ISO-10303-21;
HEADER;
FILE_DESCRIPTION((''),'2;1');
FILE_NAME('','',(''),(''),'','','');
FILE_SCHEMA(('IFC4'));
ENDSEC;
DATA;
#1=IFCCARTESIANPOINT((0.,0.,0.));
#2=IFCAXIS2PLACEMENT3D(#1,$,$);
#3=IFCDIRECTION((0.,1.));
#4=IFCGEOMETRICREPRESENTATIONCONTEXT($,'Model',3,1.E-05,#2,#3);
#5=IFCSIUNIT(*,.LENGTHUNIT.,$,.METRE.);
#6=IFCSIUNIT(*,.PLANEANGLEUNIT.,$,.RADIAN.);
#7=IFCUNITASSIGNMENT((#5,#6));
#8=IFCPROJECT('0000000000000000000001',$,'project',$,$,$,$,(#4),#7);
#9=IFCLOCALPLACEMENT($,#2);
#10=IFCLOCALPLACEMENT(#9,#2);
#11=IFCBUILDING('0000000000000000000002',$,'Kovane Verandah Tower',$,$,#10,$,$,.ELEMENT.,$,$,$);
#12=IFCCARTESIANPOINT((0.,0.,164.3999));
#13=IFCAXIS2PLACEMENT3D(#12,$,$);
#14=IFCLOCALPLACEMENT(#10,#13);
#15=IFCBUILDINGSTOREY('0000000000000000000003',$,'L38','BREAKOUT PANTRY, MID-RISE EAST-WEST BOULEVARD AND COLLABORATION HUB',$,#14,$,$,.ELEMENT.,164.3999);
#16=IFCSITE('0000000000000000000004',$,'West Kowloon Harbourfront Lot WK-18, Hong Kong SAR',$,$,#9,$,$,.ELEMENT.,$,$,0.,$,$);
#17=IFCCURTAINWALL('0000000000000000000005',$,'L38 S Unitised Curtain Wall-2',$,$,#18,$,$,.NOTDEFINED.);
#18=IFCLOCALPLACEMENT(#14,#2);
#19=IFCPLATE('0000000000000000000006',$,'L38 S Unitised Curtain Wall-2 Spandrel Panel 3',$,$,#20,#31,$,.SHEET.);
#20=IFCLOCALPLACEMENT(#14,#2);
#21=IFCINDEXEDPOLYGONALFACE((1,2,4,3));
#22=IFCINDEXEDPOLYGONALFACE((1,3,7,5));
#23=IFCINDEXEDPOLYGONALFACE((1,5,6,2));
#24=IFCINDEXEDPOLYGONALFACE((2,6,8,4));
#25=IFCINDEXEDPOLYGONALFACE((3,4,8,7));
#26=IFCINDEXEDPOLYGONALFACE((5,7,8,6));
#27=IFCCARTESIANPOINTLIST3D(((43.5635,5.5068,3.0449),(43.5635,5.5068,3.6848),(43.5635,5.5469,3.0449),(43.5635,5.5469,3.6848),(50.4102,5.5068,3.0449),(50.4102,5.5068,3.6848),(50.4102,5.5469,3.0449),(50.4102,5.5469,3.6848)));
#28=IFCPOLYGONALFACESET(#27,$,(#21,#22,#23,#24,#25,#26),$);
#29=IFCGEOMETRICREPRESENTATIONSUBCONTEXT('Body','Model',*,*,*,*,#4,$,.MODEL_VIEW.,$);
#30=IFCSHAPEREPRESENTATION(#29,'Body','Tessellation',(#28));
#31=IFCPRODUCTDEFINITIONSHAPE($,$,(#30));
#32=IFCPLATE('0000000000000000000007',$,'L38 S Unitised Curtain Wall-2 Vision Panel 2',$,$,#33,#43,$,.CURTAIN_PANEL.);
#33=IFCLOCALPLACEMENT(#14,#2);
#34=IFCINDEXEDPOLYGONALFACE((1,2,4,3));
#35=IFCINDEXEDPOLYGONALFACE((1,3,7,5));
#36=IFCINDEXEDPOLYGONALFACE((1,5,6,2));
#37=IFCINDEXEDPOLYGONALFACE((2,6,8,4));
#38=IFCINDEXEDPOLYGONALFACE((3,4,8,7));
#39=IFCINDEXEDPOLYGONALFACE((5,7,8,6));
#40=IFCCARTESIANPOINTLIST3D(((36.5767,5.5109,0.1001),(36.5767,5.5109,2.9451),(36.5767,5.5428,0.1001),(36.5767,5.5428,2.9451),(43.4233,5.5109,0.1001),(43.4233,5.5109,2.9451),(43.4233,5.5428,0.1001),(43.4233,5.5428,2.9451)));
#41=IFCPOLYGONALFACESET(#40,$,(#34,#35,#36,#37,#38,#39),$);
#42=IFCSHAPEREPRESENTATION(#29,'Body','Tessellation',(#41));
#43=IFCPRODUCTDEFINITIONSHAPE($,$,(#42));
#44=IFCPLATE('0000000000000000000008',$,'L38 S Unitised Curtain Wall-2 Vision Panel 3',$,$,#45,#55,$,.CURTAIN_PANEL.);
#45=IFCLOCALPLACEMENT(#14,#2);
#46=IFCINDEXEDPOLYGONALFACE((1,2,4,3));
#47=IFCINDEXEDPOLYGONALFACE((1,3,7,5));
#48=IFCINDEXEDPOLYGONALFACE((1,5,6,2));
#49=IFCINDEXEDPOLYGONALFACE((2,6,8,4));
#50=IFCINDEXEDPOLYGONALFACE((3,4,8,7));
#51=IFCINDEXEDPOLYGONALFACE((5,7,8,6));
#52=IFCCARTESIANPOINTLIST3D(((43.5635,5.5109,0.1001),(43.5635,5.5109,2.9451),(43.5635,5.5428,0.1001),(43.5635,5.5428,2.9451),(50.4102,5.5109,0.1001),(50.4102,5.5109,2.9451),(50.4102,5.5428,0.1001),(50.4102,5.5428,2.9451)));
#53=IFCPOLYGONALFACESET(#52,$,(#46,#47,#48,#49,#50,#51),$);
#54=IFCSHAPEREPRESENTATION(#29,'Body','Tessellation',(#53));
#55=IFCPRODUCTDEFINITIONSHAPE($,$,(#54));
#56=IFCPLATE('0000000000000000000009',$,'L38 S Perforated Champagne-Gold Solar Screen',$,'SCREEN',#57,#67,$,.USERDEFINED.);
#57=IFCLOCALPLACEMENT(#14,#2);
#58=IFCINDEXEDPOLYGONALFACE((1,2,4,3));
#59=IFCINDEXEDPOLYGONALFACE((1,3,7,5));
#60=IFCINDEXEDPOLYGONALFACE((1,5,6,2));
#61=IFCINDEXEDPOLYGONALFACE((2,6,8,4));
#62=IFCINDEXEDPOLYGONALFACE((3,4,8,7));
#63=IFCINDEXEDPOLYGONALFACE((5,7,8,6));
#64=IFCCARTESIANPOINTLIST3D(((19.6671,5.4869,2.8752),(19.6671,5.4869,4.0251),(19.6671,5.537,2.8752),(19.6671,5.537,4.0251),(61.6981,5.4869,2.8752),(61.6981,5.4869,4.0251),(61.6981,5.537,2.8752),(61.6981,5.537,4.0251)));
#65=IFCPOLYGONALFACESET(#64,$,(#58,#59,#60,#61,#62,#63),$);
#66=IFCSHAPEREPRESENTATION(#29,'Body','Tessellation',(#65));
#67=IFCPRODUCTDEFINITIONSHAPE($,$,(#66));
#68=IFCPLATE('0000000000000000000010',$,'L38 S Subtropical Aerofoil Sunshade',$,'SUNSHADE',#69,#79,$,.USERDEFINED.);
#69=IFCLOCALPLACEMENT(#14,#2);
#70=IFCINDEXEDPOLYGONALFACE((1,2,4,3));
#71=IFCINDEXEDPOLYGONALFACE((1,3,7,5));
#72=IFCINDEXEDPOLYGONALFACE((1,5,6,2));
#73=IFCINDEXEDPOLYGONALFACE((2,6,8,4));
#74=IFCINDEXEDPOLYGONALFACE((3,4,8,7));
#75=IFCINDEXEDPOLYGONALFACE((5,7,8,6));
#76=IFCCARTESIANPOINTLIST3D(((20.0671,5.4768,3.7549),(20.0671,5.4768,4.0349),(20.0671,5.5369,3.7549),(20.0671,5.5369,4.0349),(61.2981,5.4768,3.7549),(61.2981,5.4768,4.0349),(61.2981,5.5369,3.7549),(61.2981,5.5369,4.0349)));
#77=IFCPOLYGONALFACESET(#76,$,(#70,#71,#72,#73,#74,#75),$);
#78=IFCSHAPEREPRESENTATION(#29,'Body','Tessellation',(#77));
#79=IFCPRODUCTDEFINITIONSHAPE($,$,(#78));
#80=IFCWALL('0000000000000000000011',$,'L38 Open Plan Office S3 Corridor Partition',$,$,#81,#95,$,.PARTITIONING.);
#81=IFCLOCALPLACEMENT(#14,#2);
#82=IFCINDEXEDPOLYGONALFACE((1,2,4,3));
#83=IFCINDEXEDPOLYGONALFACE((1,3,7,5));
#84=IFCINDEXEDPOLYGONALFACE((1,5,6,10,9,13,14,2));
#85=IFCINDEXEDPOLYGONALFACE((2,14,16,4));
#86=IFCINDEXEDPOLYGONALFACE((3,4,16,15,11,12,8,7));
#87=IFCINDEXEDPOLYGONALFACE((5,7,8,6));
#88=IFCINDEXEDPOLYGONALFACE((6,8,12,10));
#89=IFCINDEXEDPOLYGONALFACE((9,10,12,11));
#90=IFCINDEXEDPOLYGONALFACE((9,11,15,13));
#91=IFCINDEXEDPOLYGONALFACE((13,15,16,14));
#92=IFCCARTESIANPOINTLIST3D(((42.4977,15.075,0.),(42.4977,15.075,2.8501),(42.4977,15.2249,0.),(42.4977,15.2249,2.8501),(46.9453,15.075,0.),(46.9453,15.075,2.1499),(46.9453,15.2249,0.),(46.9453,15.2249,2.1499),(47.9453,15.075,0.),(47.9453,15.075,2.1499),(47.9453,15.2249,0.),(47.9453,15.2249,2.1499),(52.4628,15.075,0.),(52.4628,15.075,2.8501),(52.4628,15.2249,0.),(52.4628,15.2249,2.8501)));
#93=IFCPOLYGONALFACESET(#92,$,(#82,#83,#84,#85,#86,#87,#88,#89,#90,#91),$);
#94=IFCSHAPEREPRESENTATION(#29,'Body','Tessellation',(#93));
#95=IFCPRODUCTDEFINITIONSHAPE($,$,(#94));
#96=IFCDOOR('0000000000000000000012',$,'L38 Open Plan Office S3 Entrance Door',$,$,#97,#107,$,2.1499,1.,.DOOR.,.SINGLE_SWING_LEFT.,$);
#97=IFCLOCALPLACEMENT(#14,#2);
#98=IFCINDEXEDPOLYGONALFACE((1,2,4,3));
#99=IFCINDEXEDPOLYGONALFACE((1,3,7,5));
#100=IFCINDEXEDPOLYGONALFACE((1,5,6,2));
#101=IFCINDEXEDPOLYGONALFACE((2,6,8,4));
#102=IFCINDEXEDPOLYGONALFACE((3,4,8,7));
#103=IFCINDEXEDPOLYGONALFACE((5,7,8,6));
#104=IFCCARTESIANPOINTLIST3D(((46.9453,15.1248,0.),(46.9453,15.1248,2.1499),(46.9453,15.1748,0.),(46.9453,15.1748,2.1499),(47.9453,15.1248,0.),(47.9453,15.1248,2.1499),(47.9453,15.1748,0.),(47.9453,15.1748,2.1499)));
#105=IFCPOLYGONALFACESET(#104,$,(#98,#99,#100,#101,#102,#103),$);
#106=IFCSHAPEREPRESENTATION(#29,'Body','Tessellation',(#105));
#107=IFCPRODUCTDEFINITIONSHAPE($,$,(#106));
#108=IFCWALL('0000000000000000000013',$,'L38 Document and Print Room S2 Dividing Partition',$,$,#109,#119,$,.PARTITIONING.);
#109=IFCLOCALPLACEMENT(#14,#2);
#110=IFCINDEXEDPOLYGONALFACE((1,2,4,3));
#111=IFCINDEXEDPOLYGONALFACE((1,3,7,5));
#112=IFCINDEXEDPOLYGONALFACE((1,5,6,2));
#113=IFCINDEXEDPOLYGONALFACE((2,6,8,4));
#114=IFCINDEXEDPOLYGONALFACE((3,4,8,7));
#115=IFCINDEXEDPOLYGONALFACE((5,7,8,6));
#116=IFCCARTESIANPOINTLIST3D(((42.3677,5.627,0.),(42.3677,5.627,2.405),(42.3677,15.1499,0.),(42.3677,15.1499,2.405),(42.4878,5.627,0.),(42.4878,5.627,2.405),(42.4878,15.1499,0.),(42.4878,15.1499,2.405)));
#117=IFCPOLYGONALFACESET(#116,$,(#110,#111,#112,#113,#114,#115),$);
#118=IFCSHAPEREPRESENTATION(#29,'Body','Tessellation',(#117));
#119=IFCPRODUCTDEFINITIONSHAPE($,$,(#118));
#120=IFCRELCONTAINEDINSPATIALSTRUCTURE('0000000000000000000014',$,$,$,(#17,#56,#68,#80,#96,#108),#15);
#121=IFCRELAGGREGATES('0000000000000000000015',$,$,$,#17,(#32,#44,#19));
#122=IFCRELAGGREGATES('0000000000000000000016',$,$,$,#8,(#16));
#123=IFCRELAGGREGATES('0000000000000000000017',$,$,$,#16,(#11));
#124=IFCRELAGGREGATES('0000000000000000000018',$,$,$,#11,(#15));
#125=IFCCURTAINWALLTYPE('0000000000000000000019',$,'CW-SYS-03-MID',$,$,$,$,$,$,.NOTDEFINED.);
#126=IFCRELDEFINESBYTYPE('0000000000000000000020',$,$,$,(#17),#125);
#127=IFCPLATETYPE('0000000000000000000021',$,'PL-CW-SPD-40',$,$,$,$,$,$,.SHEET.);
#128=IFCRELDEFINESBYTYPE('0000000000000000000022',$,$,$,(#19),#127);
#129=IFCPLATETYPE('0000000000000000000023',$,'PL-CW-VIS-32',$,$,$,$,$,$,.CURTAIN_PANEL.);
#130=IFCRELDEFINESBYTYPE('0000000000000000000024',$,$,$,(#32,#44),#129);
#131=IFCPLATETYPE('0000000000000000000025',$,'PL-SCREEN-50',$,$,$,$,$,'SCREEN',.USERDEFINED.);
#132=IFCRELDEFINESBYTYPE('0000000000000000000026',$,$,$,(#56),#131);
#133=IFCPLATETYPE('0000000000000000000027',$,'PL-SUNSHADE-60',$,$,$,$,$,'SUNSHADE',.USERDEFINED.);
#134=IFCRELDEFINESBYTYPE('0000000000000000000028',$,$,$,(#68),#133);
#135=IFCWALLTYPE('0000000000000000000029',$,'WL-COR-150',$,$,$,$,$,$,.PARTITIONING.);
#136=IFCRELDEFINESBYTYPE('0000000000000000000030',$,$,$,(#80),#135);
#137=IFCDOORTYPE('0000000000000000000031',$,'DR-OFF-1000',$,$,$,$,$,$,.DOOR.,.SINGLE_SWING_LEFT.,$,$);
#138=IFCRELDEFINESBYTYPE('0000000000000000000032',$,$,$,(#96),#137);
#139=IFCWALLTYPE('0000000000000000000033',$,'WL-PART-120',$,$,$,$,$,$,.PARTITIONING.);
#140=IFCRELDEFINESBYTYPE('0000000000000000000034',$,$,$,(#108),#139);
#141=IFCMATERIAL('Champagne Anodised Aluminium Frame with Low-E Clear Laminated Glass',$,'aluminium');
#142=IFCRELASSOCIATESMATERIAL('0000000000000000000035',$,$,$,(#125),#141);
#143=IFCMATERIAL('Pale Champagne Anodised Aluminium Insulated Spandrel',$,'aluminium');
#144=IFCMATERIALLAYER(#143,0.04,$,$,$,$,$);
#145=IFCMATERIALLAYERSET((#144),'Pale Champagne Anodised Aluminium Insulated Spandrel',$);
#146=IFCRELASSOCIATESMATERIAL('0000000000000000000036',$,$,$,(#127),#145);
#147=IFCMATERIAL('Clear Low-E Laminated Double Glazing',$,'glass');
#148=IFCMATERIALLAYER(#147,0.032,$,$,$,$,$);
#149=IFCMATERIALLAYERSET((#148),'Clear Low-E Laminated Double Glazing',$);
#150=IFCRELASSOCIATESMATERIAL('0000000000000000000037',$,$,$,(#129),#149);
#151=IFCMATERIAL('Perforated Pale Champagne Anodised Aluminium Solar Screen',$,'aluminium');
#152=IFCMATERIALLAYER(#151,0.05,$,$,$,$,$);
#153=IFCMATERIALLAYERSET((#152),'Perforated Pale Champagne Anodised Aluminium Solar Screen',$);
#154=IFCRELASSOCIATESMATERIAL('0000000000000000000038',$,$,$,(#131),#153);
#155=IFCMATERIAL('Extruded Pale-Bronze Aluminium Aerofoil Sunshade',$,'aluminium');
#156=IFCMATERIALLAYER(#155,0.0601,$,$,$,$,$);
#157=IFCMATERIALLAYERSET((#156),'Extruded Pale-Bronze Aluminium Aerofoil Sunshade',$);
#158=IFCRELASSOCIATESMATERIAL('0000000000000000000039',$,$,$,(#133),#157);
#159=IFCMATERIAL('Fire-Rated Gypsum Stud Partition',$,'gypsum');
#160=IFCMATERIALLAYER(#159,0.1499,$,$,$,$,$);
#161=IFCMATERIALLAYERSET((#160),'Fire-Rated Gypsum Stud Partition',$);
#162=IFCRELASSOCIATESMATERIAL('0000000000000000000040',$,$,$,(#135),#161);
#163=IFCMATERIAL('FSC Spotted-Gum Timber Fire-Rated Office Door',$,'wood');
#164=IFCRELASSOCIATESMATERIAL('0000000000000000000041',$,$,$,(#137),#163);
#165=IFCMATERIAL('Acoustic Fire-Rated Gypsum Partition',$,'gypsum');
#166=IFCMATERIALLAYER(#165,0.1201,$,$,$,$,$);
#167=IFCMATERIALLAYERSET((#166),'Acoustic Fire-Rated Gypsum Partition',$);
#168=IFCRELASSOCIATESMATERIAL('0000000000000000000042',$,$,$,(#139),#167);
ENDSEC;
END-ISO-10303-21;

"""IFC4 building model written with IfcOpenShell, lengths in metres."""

from ifc_helpers import new_model, si_unit, direction, frame, frame_2d, origin, origin_2d, place, context, subcontext, project, spatial, rectangle, extrude, material, layer, layer_set, type_object, element, fill, aggregate, save


model = new_model("IFC4")

# Units and contexts
model_context = context("Model", 3, precision=1e-05, world=origin(), true_north=direction((0.0, 1.0)))
body_context = subcontext(model_context, "Body", "Model", "MODEL_VIEW")
ifc_project = project(units=[si_unit("LENGTHUNIT", "METRE"), si_unit("PLANEANGLEUNIT", "RADIAN")], contexts=[model_context])

# Site, building, storey
site_placement = place(None, origin())
site = spatial("IfcSite", under=ifc_project, at=site_placement, Name="West Kowloon Harbourfront Lot WK-18, Hong Kong SAR", CompositionType="ELEMENT", RefElevation=0.0)
building_placement = place(site_placement, origin())
building = spatial("IfcBuilding", under=site, at=building_placement, Name="Kovane Verandah Tower", CompositionType="ELEMENT")
storey_placement = place(building_placement, frame((0.0, 0.0, 164.3999)))
storey = spatial("IfcBuildingStorey", under=building, at=storey_placement, Name="L38", Description="BREAKOUT PANTRY, MID-RISE EAST-WEST BOULEVARD AND COLLABORATION HUB", CompositionType="ELEMENT", Elevation=164.3999)

# Curtain wall
ifc_material_1 = material(Name="Champagne Anodised Aluminium Frame with Low-E Clear Laminated Glass", Category="aluminium")
curtain_wall_type = type_object("IfcCurtainWallType", Name="CW-SYS-03-MID", PredefinedType="NOTDEFINED", material=ifc_material_1)
curtain_wall_1_placement = place(storey_placement, origin())
curtain_wall_1 = element("IfcCurtainWall", 1, at=curtain_wall_1_placement, inside=storey, type_object=curtain_wall_type, Name="L38 S Unitised Curtain Wall-2", PredefinedType="NOTDEFINED")

# Plates
ifc_material_2 = material(Name="Pale Champagne Anodised Aluminium Insulated Spandrel", Category="aluminium")
ifc_layer_1 = layer(ifc_material_2, 0.04)
ifc_layer_set_1 = layer_set([ifc_layer_1], Name="Pale Champagne Anodised Aluminium Insulated Spandrel")
plate_type_1 = type_object("IfcPlateType", Name="PL-CW-SPD-40", PredefinedType="SHEET", material=ifc_layer_set_1)
plate_1_placement = place(storey_placement, frame((46.9868, 5.5269, 3.0449), z_axis=(0.0, 0.0, 1.0), x_axis=(1.0, 0.0, 0.0)))
plate_1 = element("IfcPlate", 2, at=plate_1_placement, type_object=plate_type_1, Name="L38 S Unitised Curtain Wall-2 Spandrel Panel 3", PredefinedType="SHEET", context=body_context, shape_type="SweptSolid", body=[
    extrude(rectangle(XDim=6.8467, YDim=0.04, at=origin_2d()), origin(), (0.0, 0.0, 1.0), 0.6399),
])
ifc_material_3 = material(Name="Clear Low-E Laminated Double Glazing", Category="glass")
ifc_layer_2 = layer(ifc_material_3, 0.032)
ifc_layer_set_2 = layer_set([ifc_layer_2], Name="Clear Low-E Laminated Double Glazing")
plate_type_2 = type_object("IfcPlateType", Name="PL-CW-VIS-32", PredefinedType="CURTAIN_PANEL", material=ifc_layer_set_2)
plate_2_placement = place(storey_placement, frame((40.0, 5.5269, 0.1001), z_axis=(0.0, 0.0, 1.0), x_axis=(1.0, 0.0, 0.0)))
plate_2 = element("IfcPlate", 3, at=plate_2_placement, type_object=plate_type_2, Name="L38 S Unitised Curtain Wall-2 Vision Panel 2", PredefinedType="CURTAIN_PANEL", context=body_context, shape_type="SweptSolid", body=[
    extrude(rectangle(XDim=6.8467, YDim=0.032, at=origin_2d()), origin(), (0.0, 0.0, 1.0), 2.845),
])
plate_3_placement = place(storey_placement, frame((46.9868, 5.5269, 0.1001), z_axis=(0.0, 0.0, 1.0), x_axis=(1.0, 0.0, 0.0)))
plate_3 = element("IfcPlate", 4, at=plate_3_placement, type_object=plate_type_2, Name="L38 S Unitised Curtain Wall-2 Vision Panel 3", PredefinedType="CURTAIN_PANEL", context=body_context, shape_type="SweptSolid", body=[
    extrude(rectangle(XDim=6.8467, YDim=0.032, at=origin_2d()), origin(), (0.0, 0.0, 1.0), 2.845),
])
aggregate(curtain_wall_1, [plate_2, plate_3, plate_1])

# Plates
ifc_material_4 = material(Name="Perforated Pale Champagne Anodised Aluminium Solar Screen", Category="aluminium")
ifc_layer_3 = layer(ifc_material_4, 0.05)
ifc_layer_set_3 = layer_set([ifc_layer_3], Name="Perforated Pale Champagne Anodised Aluminium Solar Screen")
plate_type_3 = type_object("IfcPlateType", Name="PL-SCREEN-50", ElementType="SCREEN", PredefinedType="USERDEFINED", material=ifc_layer_set_3)
plate_4_placement = place(storey_placement, frame((40.6826, 5.512, 2.8752), z_axis=(0.0, 0.0, 1.0), x_axis=(1.0, 0.0, 0.0)))
element("IfcPlate", 5, at=plate_4_placement, inside=storey, type_object=plate_type_3, Name="L38 S Perforated Champagne-Gold Solar Screen", ObjectType="SCREEN", PredefinedType="USERDEFINED", context=body_context, shape_type="SweptSolid", body=[
    extrude(rectangle(XDim=42.031, YDim=0.05, at=origin_2d()), origin(), (0.0, 0.0, 1.0), 1.1499),
])
ifc_material_5 = material(Name="Extruded Pale-Bronze Aluminium Aerofoil Sunshade", Category="aluminium")
ifc_layer_4 = layer(ifc_material_5, 0.0601)
ifc_layer_set_4 = layer_set([ifc_layer_4], Name="Extruded Pale-Bronze Aluminium Aerofoil Sunshade")
plate_type_4 = type_object("IfcPlateType", Name="PL-SUNSHADE-60", ElementType="SUNSHADE", PredefinedType="USERDEFINED", material=ifc_layer_set_4)
plate_5_placement = place(storey_placement, frame((40.6826, 5.5068, 3.7549), z_axis=(0.0, 0.0, 1.0), x_axis=(1.0, 0.0, 0.0)))
element("IfcPlate", 6, at=plate_5_placement, inside=storey, type_object=plate_type_4, Name="L38 S Subtropical Aerofoil Sunshade", ObjectType="SUNSHADE", PredefinedType="USERDEFINED", context=body_context, shape_type="SweptSolid", body=[
    extrude(rectangle(XDim=41.231, YDim=0.0601, at=origin_2d()), origin(), (0.0, 0.0, 1.0), 0.28),
])

# Wall, opening, door
ifc_material_6 = material(Name="Fire-Rated Gypsum Stud Partition", Category="gypsum")
ifc_layer_5 = layer(ifc_material_6, 0.1499)
ifc_layer_set_5 = layer_set([ifc_layer_5], Name="Fire-Rated Gypsum Stud Partition")
wall_type_1 = type_object("IfcWallType", Name="WL-COR-150", PredefinedType="PARTITIONING", material=ifc_layer_set_5)
wall_1_placement = place(storey_placement, frame((42.4978, 15.1499, 0.0), z_axis=(0.0, 0.0, 1.0), x_axis=(1.0, 0.0, 0.0)))
wall_1 = element("IfcWall", 7, at=wall_1_placement, inside=storey, type_object=wall_type_1, Name="L38 Open Plan Office S3 Corridor Partition", PredefinedType="PARTITIONING", context=body_context, shape_type="SweptSolid", body=[
    extrude(rectangle(XDim=9.9651, YDim=0.1499, at=frame_2d((4.9824, 0.0))), origin(), (0.0, 0.0, 1.0), 2.8501),
])
opening_placement = place(wall_1_placement, frame((4.4475, 0.0, 0.0)))
opening = element("IfcOpeningElement", 8, at=opening_placement, cuts=wall_1, PredefinedType="OPENING", context=body_context, shape_type="SweptSolid", body=[
    extrude(rectangle(XDim=1.0, YDim=2.1499, at=frame_2d((0.5, 1.075))), frame((0.0, 0.075, 0.0), z_axis=(0.0, -1.0, 0.0), x_axis=(1.0, 0.0, 0.0)), (0.0, 0.0, 1.0), 0.1499),
])
ifc_material_7 = material(Name="FSC Spotted-Gum Timber Fire-Rated Office Door", Category="wood")
door_type = type_object("IfcDoorType", Name="DR-OFF-1000", OperationType="SINGLE_SWING_LEFT", PredefinedType="DOOR", material=ifc_material_7)
door_placement = place(opening_placement, origin())
door = element("IfcDoor", 9, at=door_placement, inside=storey, type_object=door_type, Name="L38 Open Plan Office S3 Entrance Door", OperationType="SINGLE_SWING_LEFT", OverallHeight=2.1499, OverallWidth=1.0, PredefinedType="DOOR", context=body_context, shape_type="SweptSolid", body=[
    extrude(rectangle(XDim=1.0, YDim=2.1499, at=frame_2d((0.5, 1.075))), frame((0.0, 0.0249, 0.0), z_axis=(0.0, -1.0, 0.0), x_axis=(1.0, 0.0, 0.0)), (0.0, 0.0, 1.0), 0.05),
])
fill(opening, door)

# Wall
ifc_material_8 = material(Name="Acoustic Fire-Rated Gypsum Partition", Category="gypsum")
ifc_layer_6 = layer(ifc_material_8, 0.1201)
ifc_layer_set_6 = layer_set([ifc_layer_6], Name="Acoustic Fire-Rated Gypsum Partition")
wall_type_2 = type_object("IfcWallType", Name="WL-PART-120", PredefinedType="PARTITIONING", material=ifc_layer_set_6)
wall_2_placement = place(storey_placement, frame((42.4277, 5.627, 0.0), z_axis=(0.0, 0.0, 1.0), x_axis=(0.0, 1.0, 0.0)))
element("IfcWall", 10, at=wall_2_placement, inside=storey, type_object=wall_type_2, Name="L38 Document and Print Room S2 Dividing Partition", PredefinedType="PARTITIONING", context=body_context, shape_type="SweptSolid", body=[
    extrude(rectangle(XDim=9.5229, YDim=0.1201, at=frame_2d((4.7615, 0.0))), origin(), (0.0, 0.0, 1.0), 2.405),
])

save(model, "model.ifc")
